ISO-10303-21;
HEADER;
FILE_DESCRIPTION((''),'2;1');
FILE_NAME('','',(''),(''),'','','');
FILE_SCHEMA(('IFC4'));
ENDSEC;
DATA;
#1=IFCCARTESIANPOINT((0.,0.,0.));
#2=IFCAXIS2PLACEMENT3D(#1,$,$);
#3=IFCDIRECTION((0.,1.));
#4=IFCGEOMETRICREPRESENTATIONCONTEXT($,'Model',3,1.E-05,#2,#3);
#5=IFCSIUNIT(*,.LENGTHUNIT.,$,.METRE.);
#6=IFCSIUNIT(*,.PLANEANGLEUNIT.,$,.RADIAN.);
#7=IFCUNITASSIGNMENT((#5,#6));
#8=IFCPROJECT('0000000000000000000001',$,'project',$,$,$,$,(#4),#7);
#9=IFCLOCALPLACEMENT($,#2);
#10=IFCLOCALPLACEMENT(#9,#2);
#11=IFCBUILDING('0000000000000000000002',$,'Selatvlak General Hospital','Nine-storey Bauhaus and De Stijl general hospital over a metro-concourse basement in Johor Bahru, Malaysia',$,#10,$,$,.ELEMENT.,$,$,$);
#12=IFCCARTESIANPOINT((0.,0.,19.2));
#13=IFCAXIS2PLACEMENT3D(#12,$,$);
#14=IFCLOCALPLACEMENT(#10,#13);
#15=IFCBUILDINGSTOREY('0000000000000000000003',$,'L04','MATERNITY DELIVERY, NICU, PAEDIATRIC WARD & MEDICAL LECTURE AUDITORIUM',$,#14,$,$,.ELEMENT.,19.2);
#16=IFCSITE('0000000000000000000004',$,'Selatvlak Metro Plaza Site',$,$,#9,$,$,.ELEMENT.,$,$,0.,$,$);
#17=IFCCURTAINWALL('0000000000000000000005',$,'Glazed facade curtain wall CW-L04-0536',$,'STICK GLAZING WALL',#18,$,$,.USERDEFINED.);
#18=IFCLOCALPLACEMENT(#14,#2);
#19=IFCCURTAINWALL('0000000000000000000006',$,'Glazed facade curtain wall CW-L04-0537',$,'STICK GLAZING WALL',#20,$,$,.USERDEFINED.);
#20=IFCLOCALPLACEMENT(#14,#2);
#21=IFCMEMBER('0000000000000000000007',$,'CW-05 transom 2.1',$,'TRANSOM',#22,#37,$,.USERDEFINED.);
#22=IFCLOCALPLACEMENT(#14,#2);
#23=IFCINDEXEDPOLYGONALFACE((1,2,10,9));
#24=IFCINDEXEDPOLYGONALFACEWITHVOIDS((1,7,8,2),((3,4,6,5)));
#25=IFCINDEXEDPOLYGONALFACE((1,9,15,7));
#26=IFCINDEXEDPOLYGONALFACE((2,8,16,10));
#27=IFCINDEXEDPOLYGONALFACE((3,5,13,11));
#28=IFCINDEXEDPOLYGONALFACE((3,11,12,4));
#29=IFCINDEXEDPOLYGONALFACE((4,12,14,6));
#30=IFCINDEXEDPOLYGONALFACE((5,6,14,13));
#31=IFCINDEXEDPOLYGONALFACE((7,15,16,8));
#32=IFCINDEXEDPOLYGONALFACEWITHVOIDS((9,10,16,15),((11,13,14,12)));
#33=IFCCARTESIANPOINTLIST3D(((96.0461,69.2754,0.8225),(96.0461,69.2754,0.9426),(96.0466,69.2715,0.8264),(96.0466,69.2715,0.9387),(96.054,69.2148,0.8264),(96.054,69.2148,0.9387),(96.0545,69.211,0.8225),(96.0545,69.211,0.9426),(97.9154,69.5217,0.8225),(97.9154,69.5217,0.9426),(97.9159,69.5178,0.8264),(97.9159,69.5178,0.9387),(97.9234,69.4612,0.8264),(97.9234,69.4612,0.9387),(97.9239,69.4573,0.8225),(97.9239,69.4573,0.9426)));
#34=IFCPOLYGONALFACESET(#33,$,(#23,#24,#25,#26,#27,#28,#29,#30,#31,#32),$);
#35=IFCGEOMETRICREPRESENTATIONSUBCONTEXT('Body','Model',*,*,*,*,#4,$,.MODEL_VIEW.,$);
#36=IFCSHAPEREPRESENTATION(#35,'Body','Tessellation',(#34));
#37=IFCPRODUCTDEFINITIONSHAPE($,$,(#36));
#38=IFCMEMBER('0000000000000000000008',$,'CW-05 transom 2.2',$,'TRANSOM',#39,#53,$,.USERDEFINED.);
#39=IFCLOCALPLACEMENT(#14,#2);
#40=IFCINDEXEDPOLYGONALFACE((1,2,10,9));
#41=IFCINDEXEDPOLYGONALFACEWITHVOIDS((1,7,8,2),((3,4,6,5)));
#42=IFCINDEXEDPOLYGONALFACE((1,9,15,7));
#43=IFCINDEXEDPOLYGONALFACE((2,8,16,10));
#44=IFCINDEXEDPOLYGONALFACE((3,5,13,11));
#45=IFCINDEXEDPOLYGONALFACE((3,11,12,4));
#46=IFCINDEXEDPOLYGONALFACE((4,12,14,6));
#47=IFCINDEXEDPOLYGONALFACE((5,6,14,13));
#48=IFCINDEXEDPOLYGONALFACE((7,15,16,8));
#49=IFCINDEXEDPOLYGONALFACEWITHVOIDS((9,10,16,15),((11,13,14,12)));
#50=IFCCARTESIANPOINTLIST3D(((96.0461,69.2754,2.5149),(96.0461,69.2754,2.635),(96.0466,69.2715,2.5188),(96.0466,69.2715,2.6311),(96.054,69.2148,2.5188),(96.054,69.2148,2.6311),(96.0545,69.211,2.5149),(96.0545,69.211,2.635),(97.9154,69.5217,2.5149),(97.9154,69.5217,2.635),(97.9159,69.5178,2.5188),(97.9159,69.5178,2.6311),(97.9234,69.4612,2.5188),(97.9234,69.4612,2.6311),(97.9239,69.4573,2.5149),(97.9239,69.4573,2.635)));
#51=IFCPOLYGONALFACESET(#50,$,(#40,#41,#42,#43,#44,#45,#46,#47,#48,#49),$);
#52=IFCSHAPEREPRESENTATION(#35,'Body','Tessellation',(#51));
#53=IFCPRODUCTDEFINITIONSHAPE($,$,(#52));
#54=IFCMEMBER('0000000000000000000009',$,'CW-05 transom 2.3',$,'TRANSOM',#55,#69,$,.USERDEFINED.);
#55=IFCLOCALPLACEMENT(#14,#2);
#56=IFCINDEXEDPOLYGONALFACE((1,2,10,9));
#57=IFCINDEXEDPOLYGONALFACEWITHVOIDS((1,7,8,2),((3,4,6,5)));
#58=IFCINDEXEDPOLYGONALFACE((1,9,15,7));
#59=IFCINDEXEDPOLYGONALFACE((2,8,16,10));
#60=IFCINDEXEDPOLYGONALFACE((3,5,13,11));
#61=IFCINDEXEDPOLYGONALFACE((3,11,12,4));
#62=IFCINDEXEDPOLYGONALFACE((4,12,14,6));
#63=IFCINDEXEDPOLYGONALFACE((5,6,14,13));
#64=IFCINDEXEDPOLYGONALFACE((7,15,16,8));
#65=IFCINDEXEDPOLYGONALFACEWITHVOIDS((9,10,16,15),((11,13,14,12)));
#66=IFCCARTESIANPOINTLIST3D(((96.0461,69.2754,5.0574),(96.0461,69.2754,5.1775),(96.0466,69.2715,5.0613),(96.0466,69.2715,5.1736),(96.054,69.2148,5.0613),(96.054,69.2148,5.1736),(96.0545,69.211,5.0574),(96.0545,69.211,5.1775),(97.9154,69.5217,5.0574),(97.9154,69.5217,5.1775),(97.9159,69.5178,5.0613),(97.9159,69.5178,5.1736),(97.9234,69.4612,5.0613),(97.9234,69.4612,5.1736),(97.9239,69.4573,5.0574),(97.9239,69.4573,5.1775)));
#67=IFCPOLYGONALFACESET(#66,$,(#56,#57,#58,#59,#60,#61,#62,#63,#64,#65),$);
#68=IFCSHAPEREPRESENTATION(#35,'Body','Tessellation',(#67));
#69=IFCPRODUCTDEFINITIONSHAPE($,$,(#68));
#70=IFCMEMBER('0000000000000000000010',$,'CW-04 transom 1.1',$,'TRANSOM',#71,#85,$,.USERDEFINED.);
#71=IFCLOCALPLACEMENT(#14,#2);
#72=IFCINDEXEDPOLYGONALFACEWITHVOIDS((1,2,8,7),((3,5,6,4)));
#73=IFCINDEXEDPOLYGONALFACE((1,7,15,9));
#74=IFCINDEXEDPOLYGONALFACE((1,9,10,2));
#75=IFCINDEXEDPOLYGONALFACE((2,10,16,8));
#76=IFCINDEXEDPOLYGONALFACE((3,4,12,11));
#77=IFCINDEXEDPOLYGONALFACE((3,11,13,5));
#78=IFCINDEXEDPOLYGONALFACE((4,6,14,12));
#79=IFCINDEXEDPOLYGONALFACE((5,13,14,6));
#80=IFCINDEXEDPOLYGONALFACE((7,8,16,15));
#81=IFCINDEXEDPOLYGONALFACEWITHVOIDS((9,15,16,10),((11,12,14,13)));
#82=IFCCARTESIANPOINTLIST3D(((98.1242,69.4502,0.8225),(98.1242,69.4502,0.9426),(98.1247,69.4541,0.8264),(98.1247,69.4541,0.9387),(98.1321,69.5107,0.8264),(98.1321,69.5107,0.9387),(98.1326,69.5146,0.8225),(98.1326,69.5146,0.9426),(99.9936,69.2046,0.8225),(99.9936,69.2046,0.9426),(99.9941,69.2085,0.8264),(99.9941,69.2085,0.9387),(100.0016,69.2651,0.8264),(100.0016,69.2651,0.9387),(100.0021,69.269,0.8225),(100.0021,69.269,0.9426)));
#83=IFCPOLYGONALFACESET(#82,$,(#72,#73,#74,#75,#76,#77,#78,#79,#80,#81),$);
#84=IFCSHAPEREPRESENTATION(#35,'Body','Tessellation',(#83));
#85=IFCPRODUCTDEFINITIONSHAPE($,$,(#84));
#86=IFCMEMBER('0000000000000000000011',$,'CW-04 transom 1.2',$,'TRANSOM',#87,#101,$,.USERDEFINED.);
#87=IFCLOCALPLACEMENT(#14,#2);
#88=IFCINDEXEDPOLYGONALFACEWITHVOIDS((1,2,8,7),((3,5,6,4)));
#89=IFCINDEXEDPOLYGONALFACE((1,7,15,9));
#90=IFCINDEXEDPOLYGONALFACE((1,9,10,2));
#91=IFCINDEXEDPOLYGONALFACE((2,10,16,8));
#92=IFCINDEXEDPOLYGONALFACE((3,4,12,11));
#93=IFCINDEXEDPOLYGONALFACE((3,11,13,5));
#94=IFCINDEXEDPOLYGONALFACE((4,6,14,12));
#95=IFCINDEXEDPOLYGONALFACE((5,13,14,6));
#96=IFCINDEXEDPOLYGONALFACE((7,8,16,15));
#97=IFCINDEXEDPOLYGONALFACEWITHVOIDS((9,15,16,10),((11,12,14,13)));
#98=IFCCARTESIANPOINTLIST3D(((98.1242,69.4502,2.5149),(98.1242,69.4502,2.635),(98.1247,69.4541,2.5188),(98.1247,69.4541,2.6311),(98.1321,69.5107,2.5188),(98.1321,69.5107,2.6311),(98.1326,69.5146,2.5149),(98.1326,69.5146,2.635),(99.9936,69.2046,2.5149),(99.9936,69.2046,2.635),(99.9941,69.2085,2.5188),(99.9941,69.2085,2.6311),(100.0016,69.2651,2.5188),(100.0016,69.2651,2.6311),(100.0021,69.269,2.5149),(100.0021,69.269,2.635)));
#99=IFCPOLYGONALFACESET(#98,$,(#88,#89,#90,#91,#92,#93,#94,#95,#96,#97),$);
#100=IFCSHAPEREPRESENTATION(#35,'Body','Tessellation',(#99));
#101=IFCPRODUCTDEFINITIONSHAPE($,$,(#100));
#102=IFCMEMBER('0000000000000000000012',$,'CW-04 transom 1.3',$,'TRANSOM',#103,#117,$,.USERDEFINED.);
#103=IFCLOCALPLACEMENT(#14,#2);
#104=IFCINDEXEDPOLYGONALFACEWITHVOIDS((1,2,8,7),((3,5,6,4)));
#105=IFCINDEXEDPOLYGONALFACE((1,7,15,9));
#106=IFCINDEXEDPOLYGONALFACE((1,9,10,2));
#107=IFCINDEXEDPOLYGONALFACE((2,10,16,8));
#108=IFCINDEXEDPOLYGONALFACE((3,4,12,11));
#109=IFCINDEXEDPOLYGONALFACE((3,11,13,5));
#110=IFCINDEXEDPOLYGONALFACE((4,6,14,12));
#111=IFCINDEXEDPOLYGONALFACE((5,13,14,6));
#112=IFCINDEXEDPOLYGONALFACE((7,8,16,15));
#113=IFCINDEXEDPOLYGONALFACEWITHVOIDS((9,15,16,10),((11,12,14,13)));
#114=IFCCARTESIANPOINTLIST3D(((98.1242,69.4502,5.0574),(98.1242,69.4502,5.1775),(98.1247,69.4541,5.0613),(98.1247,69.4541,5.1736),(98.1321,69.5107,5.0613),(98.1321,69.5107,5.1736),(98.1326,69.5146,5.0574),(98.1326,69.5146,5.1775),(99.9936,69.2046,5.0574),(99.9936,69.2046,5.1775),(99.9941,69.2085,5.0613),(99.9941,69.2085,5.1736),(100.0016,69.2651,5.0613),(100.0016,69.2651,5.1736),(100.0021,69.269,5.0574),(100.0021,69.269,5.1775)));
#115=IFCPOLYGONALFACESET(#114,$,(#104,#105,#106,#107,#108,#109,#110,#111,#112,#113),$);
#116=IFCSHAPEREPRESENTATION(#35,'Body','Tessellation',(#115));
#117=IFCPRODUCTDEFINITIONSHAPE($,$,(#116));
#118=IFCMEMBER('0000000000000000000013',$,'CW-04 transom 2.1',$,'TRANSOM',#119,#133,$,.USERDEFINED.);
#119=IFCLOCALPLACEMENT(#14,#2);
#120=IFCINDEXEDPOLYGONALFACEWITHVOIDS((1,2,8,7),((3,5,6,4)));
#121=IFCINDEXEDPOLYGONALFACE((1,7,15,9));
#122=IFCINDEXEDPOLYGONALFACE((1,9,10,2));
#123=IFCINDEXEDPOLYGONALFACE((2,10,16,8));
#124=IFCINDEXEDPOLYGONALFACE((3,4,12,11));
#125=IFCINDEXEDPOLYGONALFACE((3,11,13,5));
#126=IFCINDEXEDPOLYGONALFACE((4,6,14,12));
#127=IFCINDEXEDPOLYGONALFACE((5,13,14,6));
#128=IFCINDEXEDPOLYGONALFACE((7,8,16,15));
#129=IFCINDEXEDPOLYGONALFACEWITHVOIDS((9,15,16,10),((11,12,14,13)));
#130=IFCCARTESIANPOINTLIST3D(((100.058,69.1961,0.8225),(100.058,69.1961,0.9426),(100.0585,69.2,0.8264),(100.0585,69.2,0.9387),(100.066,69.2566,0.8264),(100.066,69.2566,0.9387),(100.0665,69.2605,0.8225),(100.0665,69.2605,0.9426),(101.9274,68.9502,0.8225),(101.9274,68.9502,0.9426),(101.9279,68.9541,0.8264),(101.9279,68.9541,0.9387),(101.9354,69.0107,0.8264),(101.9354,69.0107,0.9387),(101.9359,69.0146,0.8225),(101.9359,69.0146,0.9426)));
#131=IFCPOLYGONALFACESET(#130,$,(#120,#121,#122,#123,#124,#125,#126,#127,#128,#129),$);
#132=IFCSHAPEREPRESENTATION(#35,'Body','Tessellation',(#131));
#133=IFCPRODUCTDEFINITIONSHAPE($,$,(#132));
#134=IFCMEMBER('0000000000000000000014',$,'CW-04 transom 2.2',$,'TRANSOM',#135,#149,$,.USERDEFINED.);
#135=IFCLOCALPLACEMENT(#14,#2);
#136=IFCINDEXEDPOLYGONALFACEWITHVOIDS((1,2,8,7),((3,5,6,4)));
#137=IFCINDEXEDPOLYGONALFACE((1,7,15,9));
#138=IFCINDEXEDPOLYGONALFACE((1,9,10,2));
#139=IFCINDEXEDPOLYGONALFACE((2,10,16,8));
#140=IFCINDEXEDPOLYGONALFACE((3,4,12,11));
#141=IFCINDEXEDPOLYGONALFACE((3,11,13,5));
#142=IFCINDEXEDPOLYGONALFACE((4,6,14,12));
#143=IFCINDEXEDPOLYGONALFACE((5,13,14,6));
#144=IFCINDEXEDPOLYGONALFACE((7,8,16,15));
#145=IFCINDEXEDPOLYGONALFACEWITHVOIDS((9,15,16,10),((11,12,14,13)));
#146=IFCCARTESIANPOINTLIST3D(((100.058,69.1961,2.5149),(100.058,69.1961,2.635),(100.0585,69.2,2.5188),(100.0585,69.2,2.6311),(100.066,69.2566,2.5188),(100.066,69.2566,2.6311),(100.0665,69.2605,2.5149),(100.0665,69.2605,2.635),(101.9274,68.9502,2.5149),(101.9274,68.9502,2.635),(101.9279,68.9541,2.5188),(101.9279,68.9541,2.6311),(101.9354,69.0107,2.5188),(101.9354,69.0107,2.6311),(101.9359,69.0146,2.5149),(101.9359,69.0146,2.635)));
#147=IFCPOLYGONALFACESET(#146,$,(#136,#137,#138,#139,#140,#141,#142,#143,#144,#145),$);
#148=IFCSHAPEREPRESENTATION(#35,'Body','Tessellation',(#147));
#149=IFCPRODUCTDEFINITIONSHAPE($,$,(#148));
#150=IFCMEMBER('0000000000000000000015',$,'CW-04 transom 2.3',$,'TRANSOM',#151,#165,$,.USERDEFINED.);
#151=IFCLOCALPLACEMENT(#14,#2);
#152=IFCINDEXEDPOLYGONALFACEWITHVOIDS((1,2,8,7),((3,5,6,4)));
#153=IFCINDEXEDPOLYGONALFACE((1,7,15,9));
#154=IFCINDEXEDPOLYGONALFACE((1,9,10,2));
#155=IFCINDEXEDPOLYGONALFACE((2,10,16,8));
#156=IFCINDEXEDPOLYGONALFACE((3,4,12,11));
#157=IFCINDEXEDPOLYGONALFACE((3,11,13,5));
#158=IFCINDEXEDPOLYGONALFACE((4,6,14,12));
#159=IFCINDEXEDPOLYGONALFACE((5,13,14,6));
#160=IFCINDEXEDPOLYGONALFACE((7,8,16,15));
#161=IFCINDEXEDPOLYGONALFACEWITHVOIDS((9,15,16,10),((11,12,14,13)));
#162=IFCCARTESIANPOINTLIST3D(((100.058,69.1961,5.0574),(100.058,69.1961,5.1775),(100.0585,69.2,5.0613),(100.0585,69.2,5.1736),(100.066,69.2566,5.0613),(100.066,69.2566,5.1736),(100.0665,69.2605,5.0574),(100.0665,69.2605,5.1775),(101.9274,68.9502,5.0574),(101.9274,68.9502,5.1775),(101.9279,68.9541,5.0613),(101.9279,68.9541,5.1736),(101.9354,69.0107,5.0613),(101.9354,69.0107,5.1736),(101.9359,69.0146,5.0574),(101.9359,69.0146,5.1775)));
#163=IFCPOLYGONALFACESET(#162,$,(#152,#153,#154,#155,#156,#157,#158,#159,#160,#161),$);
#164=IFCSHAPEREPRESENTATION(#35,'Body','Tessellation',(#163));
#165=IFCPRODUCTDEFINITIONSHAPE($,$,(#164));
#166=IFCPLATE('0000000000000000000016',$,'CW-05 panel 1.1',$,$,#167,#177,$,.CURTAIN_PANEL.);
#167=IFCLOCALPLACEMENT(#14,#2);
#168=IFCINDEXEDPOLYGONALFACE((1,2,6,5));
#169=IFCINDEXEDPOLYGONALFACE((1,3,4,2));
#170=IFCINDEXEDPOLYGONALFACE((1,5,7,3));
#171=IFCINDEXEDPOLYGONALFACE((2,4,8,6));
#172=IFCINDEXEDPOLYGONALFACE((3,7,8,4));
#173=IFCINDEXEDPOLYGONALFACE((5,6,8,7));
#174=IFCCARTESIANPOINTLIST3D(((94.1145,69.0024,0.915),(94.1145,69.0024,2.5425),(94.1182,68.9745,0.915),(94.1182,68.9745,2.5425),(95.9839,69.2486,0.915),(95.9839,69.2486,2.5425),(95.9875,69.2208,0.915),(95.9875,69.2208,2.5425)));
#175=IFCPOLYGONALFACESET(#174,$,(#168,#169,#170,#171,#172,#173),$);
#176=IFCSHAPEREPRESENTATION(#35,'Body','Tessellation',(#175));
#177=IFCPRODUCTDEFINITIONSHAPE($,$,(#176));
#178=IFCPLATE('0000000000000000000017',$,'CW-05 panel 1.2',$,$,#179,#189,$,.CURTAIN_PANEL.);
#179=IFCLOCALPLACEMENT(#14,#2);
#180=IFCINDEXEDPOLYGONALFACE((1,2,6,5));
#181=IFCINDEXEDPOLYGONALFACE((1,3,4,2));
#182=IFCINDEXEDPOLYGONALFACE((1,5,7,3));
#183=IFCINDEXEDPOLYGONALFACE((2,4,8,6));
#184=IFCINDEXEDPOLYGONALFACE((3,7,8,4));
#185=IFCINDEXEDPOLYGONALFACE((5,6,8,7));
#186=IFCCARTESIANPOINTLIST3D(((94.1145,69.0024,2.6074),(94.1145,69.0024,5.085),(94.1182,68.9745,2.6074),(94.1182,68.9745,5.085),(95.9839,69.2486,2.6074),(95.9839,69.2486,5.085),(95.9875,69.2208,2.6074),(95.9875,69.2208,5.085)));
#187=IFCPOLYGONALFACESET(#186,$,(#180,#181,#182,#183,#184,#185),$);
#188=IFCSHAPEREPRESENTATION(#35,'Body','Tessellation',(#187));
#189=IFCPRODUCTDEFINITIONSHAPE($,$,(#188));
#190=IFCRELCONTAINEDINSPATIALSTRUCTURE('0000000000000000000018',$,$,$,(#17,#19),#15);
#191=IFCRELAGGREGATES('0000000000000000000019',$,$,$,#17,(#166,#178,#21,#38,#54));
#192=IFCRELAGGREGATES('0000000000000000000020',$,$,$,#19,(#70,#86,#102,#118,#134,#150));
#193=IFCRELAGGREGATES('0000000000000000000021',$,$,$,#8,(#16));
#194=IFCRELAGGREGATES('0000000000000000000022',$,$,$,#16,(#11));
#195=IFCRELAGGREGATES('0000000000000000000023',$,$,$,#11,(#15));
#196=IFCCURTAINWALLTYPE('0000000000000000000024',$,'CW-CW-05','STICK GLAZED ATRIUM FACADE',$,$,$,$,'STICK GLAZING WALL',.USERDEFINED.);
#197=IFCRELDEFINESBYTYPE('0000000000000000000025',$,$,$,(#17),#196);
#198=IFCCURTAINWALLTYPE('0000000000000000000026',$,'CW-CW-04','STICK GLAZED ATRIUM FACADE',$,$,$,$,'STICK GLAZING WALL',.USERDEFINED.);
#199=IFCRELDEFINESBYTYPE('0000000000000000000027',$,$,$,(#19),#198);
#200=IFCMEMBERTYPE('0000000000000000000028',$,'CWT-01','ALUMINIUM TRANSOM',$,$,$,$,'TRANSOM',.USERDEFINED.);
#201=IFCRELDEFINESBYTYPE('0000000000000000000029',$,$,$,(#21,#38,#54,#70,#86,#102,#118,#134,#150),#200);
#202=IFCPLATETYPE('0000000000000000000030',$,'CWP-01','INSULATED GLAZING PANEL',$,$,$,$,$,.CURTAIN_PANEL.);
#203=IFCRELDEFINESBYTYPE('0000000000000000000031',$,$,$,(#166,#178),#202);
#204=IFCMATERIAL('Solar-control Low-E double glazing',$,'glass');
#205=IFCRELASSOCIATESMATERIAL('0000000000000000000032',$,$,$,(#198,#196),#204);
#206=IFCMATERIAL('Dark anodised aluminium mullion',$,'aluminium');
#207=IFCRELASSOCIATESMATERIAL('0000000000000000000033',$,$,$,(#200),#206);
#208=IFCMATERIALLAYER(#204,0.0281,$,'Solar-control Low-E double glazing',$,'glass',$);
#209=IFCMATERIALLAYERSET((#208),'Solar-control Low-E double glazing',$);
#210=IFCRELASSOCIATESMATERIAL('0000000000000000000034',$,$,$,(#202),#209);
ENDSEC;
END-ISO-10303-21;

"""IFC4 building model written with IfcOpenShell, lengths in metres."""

from ifc_helpers import new_model, si_unit, direction, frame, origin, origin_2d, place, context, subcontext, project, spatial, rectangle, hollow_rectangle, extrude, material, layer, layer_set, material_profile, profile_set, type_object, element, aggregate, save


model = new_model("IFC4")

# Units and contexts
model_context = context("Model", 3, precision=1e-05, world=origin(), true_north=direction((0.0, 1.0)))
body_context = subcontext(model_context, "Body", "Model", "MODEL_VIEW")
ifc_project = project(units=[si_unit("LENGTHUNIT", "METRE"), si_unit("PLANEANGLEUNIT", "RADIAN")], contexts=[model_context])

# Site, building, storey
site_placement = place(None, origin())
site = spatial("IfcSite", under=ifc_project, at=site_placement, Name="Selatvlak Metro Plaza Site", CompositionType="ELEMENT", RefElevation=0.0)
building_placement = place(site_placement, origin())
building = spatial("IfcBuilding", under=site, at=building_placement, Name="Selatvlak General Hospital", Description="Nine-storey Bauhaus and De Stijl general hospital over a metro-concourse basement in Johor Bahru, Malaysia", CompositionType="ELEMENT")
storey_placement = place(building_placement, frame((0.0, 0.0, 19.2)))
storey = spatial("IfcBuildingStorey", under=building, at=storey_placement, Name="L04", Description="MATERNITY DELIVERY, NICU, PAEDIATRIC WARD & MEDICAL LECTURE AUDITORIUM", CompositionType="ELEMENT", Elevation=19.2)

# Shared definitions
ifc_material_1 = material(Name="Solar-control Low-E double glazing", Category="glass")
curtain_wall_type_1 = type_object("IfcCurtainWallType", Name="CW-CW-04", Description="STICK GLAZED ATRIUM FACADE", ElementType="STICK GLAZING WALL", PredefinedType="USERDEFINED", material=ifc_material_1)
ifc_material_2 = material(Name="Dark anodised aluminium mullion", Category="aluminium")

# Curtain walls
curtain_wall_type_2 = type_object("IfcCurtainWallType", Name="CW-CW-05", Description="STICK GLAZED ATRIUM FACADE", ElementType="STICK GLAZING WALL", PredefinedType="USERDEFINED", material=ifc_material_1)
curtain_wall_1_placement = place(storey_placement, origin())
curtain_wall_1 = element("IfcCurtainWall", 1, at=curtain_wall_1_placement, inside=storey, type_object=curtain_wall_type_2, Name="Glazed facade curtain wall CW-L04-0536", ObjectType="STICK GLAZING WALL", PredefinedType="USERDEFINED")
curtain_wall_2_placement = place(storey_placement, origin())
curtain_wall_2 = element("IfcCurtainWall", 2, at=curtain_wall_2_placement, inside=storey, type_object=curtain_wall_type_1, Name="Glazed facade curtain wall CW-L04-0537", ObjectType="STICK GLAZING WALL", PredefinedType="USERDEFINED")

# Members
ifc_material_profile_1 = material_profile(ifc_material_2, hollow_rectangle(XDim=0.0649, YDim=0.1201, WallThickness=0.0039, at=origin_2d()), Name="AL-TRN 65x120x4")
ifc_profile_set_1 = profile_set([ifc_material_profile_1], Name="Dark anodised aluminium mullion")
member_type_1 = type_object("IfcMemberType", Name="CWT-01", Description="ALUMINIUM TRANSOM", ElementType="TRANSOM", PredefinedType="USERDEFINED", material=ifc_profile_set_1)
member_1_placement = place(storey_placement, frame((96.0503, 69.2432, 0.8826), z_axis=(0.991429, 0.130645, 0.0), x_axis=(-0.130645, 0.991429, 0.0)))
member_1 = element("IfcMember", 3, at=member_1_placement, type_object=member_type_1, Name="CW-05 transom 2.1", ObjectType="TRANSOM", PredefinedType="USERDEFINED", context=body_context, shape_type="SweptSolid", body=[
    extrude(hollow_rectangle(XDim=0.0649, YDim=0.1201, WallThickness=0.0039, at=origin_2d()), origin(), (0.0, 0.0, 1.0), 1.8855),
])
member_2_placement = place(storey_placement, frame((96.0503, 69.2432, 2.575), z_axis=(0.991429, 0.130645, 0.0), x_axis=(-0.130645, 0.991429, 0.0)))
member_2 = element("IfcMember", 4, at=member_2_placement, type_object=member_type_1, Name="CW-05 transom 2.2", ObjectType="TRANSOM", PredefinedType="USERDEFINED", context=body_context, shape_type="SweptSolid", body=[
    extrude(hollow_rectangle(XDim=0.0649, YDim=0.1201, WallThickness=0.0039, at=origin_2d()), origin(), (0.0, 0.0, 1.0), 1.8855),
])
member_3_placement = place(storey_placement, frame((96.0503, 69.2432, 5.1174), z_axis=(0.991429, 0.130645, 0.0), x_axis=(-0.130645, 0.991429, 0.0)))
member_3 = element("IfcMember", 5, at=member_3_placement, type_object=member_type_1, Name="CW-05 transom 2.3", ObjectType="TRANSOM", PredefinedType="USERDEFINED", context=body_context, shape_type="SweptSolid", body=[
    extrude(hollow_rectangle(XDim=0.0649, YDim=0.1201, WallThickness=0.0039, at=origin_2d()), origin(), (0.0, 0.0, 1.0), 1.8855),
])
member_4_placement = place(storey_placement, frame((98.1284, 69.4824, 0.8826), z_axis=(0.991479, -0.130264, 0.0), x_axis=(0.130264, 0.991479, 0.0)))
member_4 = element("IfcMember", 6, at=member_4_placement, type_object=member_type_1, Name="CW-04 transom 1.1", ObjectType="TRANSOM", PredefinedType="USERDEFINED", context=body_context, shape_type="SweptSolid", body=[
    extrude(hollow_rectangle(XDim=0.0649, YDim=0.1201, WallThickness=0.0039, at=origin_2d()), origin(), (0.0, 0.0, 1.0), 1.8855),
])
member_5_placement = place(storey_placement, frame((98.1284, 69.4824, 2.575), z_axis=(0.991479, -0.130264, 0.0), x_axis=(0.130264, 0.991479, 0.0)))
member_5 = element("IfcMember", 7, at=member_5_placement, type_object=member_type_1, Name="CW-04 transom 1.2", ObjectType="TRANSOM", PredefinedType="USERDEFINED", context=body_context, shape_type="SweptSolid", body=[
    extrude(hollow_rectangle(XDim=0.0649, YDim=0.1201, WallThickness=0.0039, at=origin_2d()), origin(), (0.0, 0.0, 1.0), 1.8855),
])
member_6_placement = place(storey_placement, frame((98.1284, 69.4824, 5.1174), z_axis=(0.991479, -0.130264, 0.0), x_axis=(0.130264, 0.991479, 0.0)))
member_6 = element("IfcMember", 8, at=member_6_placement, type_object=member_type_1, Name="CW-04 transom 1.3", ObjectType="TRANSOM", PredefinedType="USERDEFINED", context=body_context, shape_type="SweptSolid", body=[
    extrude(hollow_rectangle(XDim=0.0649, YDim=0.1201, WallThickness=0.0039, at=origin_2d()), origin(), (0.0, 0.0, 1.0), 1.8855),
])
member_7_placement = place(storey_placement, frame((100.0623, 69.2283, 0.8826), z_axis=(0.991463, -0.130391, 0.0), x_axis=(0.130391, 0.991463, 0.0)))
member_7 = element("IfcMember", 9, at=member_7_placement, type_object=member_type_1, Name="CW-04 transom 2.1", ObjectType="TRANSOM", PredefinedType="USERDEFINED", context=body_context, shape_type="SweptSolid", body=[
    extrude(hollow_rectangle(XDim=0.0649, YDim=0.1201, WallThickness=0.0039, at=origin_2d()), origin(), (0.0, 0.0, 1.0), 1.8855),
])
member_8_placement = place(storey_placement, frame((100.0623, 69.2283, 2.575), z_axis=(0.991463, -0.130391, 0.0), x_axis=(0.130391, 0.991463, 0.0)))
member_8 = element("IfcMember", 10, at=member_8_placement, type_object=member_type_1, Name="CW-04 transom 2.2", ObjectType="TRANSOM", PredefinedType="USERDEFINED", context=body_context, shape_type="SweptSolid", body=[
    extrude(hollow_rectangle(XDim=0.0649, YDim=0.1201, WallThickness=0.0039, at=origin_2d()), origin(), (0.0, 0.0, 1.0), 1.8855),
])
member_9_placement = place(storey_placement, frame((100.0623, 69.2283, 5.1174), z_axis=(0.991463, -0.130391, 0.0), x_axis=(0.130391, 0.991463, 0.0)))
member_9 = element("IfcMember", 11, at=member_9_placement, type_object=member_type_1, Name="CW-04 transom 2.3", ObjectType="TRANSOM", PredefinedType="USERDEFINED", context=body_context, shape_type="SweptSolid", body=[
    extrude(hollow_rectangle(XDim=0.0649, YDim=0.1201, WallThickness=0.0039, at=origin_2d()), origin(), (0.0, 0.0, 1.0), 1.8855),
])

# Plates
ifc_layer_1 = layer(ifc_material_1, 0.0281, Name="Solar-control Low-E double glazing", Category="glass")
ifc_layer_set_1 = layer_set([ifc_layer_1], Name="Solar-control Low-E double glazing")
plate_type = type_object("IfcPlateType", Name="CWP-01", Description="INSULATED GLAZING PANEL", PredefinedType="CURTAIN_PANEL", material=ifc_layer_set_1)
plate_1_placement = place(storey_placement, frame((95.051, 69.1116, 0.915), z_axis=(0.0, 0.0, 1.0), x_axis=(0.991434, 0.130611, 0.0)))
plate_1 = element("IfcPlate", 12, at=plate_1_placement, type_object=plate_type, Name="CW-05 panel 1.1", PredefinedType="CURTAIN_PANEL", context=body_context, shape_type="SweptSolid", body=[
    extrude(rectangle(XDim=1.8855, YDim=0.0281, at=origin_2d()), origin(), (0.0, 0.0, 1.0), 1.6274),
])
plate_2_placement = place(storey_placement, frame((95.051, 69.1116, 2.6074), z_axis=(0.0, 0.0, 1.0), x_axis=(0.991434, 0.130611, 0.0)))
plate_2 = element("IfcPlate", 13, at=plate_2_placement, type_object=plate_type, Name="CW-05 panel 1.2", PredefinedType="CURTAIN_PANEL", context=body_context, shape_type="SweptSolid", body=[
    extrude(rectangle(XDim=1.8855, YDim=0.0281, at=origin_2d()), origin(), (0.0, 0.0, 1.0), 2.4775),
])
aggregate(curtain_wall_1, [plate_1, plate_2, member_1, member_2, member_3])
aggregate(curtain_wall_2, [member_4, member_5, member_6, member_7, member_8, member_9])

save(model, "model.ifc")
